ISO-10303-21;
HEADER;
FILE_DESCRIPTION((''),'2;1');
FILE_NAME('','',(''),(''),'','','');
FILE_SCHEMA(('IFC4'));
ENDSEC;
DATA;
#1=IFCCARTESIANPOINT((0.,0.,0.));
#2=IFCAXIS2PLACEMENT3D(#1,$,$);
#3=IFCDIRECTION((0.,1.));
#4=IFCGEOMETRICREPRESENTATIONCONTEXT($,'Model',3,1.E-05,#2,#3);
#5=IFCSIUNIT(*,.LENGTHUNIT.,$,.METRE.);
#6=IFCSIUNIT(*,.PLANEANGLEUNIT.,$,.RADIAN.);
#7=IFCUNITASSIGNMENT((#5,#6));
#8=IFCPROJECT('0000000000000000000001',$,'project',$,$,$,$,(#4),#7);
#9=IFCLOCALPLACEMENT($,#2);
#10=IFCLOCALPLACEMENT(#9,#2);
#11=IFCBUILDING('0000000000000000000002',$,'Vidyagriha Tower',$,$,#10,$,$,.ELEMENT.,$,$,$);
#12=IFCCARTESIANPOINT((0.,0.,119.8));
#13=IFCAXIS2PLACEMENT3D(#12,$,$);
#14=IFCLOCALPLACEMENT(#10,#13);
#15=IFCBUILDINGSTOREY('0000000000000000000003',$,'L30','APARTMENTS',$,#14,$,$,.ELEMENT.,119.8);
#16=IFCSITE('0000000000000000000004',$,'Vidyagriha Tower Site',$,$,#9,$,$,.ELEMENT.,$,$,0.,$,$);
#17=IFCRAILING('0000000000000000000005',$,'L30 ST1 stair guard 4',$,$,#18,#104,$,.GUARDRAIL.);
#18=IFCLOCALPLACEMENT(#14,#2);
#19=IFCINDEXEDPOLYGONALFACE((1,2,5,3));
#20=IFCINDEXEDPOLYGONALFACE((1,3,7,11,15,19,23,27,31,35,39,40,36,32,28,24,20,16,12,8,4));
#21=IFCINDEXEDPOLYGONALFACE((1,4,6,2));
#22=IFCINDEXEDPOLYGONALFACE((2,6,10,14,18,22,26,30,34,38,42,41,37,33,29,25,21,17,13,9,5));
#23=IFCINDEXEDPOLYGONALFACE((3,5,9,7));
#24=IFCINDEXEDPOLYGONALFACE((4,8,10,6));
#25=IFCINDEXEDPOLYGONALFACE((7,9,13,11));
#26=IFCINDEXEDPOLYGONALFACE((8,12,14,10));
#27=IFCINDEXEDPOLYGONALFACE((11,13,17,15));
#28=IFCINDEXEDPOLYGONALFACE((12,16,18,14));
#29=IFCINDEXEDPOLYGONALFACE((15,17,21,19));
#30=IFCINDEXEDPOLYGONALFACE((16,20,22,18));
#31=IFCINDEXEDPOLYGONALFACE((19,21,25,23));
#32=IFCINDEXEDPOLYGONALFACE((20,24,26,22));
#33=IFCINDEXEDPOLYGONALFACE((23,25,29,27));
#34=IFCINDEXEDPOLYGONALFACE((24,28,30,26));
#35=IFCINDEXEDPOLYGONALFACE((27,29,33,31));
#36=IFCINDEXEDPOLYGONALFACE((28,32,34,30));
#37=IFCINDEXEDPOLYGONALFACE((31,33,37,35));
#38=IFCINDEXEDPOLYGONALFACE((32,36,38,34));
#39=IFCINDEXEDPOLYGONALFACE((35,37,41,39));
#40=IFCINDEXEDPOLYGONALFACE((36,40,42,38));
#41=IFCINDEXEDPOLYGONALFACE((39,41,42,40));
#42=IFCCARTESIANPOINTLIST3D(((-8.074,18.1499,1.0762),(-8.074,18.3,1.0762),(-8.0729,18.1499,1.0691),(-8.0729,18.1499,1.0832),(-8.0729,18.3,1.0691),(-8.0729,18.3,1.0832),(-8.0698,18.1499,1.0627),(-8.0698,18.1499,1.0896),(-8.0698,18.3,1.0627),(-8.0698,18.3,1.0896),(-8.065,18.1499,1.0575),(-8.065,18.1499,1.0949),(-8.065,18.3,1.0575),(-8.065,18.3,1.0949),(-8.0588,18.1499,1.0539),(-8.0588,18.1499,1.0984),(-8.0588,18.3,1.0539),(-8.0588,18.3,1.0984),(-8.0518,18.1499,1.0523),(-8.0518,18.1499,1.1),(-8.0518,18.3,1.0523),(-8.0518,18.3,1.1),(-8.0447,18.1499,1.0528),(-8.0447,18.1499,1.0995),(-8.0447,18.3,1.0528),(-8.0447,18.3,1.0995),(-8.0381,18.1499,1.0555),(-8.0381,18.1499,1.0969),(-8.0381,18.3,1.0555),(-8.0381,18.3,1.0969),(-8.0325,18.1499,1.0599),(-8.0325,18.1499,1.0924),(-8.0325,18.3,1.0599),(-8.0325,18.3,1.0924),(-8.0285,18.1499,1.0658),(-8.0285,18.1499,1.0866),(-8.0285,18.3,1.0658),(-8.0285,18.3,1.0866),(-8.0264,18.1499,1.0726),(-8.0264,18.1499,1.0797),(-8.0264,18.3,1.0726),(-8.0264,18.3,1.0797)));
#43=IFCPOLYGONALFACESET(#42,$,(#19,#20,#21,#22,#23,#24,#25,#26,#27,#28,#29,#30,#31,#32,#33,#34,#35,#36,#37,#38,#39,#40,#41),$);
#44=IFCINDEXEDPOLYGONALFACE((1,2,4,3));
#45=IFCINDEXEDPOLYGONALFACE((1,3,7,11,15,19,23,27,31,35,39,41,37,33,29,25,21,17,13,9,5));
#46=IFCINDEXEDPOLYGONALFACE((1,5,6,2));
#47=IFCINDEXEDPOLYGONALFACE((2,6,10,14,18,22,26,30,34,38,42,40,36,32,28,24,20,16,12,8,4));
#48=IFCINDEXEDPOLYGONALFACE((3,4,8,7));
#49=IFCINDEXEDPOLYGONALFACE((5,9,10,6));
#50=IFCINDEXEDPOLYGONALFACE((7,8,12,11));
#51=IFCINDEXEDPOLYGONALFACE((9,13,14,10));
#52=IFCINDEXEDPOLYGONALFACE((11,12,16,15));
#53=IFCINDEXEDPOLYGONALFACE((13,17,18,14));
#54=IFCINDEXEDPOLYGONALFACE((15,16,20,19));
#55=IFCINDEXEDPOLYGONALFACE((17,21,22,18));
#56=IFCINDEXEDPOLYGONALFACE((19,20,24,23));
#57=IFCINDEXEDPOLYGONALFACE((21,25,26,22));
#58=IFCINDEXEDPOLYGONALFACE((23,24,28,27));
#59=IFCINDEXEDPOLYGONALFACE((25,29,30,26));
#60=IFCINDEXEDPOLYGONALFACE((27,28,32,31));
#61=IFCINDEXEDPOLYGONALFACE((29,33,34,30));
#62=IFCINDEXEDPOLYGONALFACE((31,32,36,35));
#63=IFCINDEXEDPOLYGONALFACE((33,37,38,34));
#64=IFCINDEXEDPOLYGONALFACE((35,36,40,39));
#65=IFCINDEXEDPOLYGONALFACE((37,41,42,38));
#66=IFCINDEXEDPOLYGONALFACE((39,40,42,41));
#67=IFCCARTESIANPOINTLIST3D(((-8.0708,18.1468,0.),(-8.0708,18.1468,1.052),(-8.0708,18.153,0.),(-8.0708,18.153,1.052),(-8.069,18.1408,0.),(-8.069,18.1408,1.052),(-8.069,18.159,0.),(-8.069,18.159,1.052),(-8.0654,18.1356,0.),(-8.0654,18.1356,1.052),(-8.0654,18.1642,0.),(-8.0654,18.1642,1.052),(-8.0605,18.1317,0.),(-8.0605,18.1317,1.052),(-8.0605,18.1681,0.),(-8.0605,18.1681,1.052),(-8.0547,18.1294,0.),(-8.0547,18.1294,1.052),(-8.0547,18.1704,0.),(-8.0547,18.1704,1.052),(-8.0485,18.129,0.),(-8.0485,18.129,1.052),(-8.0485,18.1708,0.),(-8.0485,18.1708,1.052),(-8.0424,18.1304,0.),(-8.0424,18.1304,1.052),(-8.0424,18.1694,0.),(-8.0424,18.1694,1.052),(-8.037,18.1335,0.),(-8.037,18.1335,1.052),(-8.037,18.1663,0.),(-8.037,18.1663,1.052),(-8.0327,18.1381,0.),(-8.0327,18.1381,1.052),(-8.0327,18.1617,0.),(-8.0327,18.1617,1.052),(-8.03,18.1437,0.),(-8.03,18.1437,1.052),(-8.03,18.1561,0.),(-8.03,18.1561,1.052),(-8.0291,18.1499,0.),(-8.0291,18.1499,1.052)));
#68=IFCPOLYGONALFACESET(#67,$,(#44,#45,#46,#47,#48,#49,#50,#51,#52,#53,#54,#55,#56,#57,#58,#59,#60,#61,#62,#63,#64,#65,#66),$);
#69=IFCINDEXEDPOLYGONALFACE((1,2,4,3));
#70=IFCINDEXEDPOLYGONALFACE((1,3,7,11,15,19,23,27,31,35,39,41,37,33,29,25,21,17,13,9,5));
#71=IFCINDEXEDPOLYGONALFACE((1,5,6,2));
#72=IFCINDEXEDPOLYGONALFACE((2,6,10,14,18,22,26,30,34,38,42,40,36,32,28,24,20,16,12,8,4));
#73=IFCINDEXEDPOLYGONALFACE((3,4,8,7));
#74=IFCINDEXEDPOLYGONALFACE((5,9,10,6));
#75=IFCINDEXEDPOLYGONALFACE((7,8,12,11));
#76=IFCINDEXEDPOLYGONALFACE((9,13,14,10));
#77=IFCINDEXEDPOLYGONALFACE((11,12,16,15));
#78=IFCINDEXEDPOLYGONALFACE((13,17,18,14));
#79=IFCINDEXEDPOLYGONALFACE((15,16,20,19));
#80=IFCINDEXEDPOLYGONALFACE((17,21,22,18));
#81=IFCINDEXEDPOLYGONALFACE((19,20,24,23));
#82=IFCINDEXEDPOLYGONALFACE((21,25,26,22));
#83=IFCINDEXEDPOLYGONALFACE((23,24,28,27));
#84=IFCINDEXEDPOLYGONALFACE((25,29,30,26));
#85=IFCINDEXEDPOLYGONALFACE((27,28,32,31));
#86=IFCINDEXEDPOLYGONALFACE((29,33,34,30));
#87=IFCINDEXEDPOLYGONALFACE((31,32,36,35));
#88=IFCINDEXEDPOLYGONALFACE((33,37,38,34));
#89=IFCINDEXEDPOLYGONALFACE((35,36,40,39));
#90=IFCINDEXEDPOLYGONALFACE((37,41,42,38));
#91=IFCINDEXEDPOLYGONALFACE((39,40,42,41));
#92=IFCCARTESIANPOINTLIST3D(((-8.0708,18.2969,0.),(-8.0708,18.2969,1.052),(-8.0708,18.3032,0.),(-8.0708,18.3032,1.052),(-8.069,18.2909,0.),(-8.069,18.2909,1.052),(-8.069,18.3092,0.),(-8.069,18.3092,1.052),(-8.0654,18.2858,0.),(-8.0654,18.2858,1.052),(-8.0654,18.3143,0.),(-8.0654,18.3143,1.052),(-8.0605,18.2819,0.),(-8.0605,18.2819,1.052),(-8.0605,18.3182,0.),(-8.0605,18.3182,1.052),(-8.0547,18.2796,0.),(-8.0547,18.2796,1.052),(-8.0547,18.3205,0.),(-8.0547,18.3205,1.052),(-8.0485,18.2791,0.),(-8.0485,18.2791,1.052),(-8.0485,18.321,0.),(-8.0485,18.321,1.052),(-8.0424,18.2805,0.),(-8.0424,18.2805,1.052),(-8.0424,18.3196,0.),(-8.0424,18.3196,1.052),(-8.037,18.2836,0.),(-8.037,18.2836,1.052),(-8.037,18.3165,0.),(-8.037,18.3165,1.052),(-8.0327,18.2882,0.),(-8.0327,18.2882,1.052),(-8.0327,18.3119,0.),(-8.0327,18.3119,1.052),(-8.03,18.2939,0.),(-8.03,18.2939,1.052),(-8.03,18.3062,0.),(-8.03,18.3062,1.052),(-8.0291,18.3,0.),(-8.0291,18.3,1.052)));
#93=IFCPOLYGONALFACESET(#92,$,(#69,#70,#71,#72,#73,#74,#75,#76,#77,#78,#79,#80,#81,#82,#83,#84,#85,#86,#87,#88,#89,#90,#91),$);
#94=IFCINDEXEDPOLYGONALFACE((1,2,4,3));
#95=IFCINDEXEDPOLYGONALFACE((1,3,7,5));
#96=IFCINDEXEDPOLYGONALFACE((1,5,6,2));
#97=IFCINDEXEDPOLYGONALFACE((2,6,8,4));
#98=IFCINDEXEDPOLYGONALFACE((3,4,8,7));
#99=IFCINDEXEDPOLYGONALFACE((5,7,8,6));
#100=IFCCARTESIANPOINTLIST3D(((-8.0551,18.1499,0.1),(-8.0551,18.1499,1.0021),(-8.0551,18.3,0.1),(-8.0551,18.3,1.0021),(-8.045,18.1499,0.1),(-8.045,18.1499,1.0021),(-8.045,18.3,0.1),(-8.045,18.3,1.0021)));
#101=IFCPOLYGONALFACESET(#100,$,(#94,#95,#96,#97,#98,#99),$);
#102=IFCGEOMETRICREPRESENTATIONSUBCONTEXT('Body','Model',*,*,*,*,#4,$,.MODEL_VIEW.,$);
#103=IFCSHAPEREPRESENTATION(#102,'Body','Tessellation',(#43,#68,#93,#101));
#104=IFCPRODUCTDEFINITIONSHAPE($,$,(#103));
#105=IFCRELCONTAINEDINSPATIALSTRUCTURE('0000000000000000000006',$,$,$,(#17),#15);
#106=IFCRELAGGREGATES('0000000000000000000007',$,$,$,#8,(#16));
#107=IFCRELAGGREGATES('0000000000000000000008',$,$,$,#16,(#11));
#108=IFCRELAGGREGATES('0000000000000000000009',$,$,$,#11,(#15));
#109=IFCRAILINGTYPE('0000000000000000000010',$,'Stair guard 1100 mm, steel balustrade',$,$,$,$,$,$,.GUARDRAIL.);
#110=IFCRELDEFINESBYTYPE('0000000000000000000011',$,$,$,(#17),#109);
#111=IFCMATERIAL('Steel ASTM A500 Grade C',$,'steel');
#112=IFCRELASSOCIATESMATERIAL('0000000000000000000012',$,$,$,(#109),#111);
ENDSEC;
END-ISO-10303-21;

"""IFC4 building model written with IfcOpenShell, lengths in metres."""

from ifc_helpers import new_model, si_unit, direction, frame, origin, origin_2d, place, context, subcontext, project, spatial, rectangle, circle, extrude, material, type_object, element, save


model = new_model("IFC4")

# Units and contexts
model_context = context("Model", 3, precision=1e-05, world=origin(), true_north=direction((0.0, 1.0)))
body_context = subcontext(model_context, "Body", "Model", "MODEL_VIEW")
ifc_project = project(units=[si_unit("LENGTHUNIT", "METRE"), si_unit("PLANEANGLEUNIT", "RADIAN")], contexts=[model_context])

# Site, building, storey
site_placement = place(None, origin())
site = spatial("IfcSite", under=ifc_project, at=site_placement, Name="Vidyagriha Tower Site", CompositionType="ELEMENT", RefElevation=0.0)
building_placement = place(site_placement, origin())
building = spatial("IfcBuilding", under=site, at=building_placement, Name="Vidyagriha Tower", CompositionType="ELEMENT")
storey_placement = place(building_placement, frame((0.0, 0.0, 119.8)))
storey = spatial("IfcBuildingStorey", under=building, at=storey_placement, Name="L30", Description="APARTMENTS", CompositionType="ELEMENT", Elevation=119.8)

# Railing
ifc_material_1 = material(Name="Steel ASTM A500 Grade C", Category="steel")
railing_type_1 = type_object("IfcRailingType", Name="Stair guard 1100 mm, steel balustrade", PredefinedType="GUARDRAIL", material=ifc_material_1)
railing_1_placement = place(storey_placement, frame((-8.05, 18.1499, 0.0)))
element("IfcRailing", 1, at=railing_1_placement, inside=storey, type_object=railing_type_1, Name="L30 ST1 stair guard 4", PredefinedType="GUARDRAIL", context=body_context, shape_type="SweptSolid", body=[
    extrude(circle(Radius=0.0239, at=origin_2d()), frame((0.0, 0.0, 1.0762), z_axis=(0.0, 1.0, 0.0), x_axis=(-1.0, 0.0, 0.0)), (0.0, 0.0, 1.0), 0.1501),
    extrude(circle(Radius=0.021, at=origin_2d()), origin(), (0.0, 0.0, 1.0), 1.052),
    extrude(circle(Radius=0.021, at=origin_2d()), frame((0.0, 0.1501, 0.0)), (0.0, 0.0, 1.0), 1.052),
    extrude(rectangle(XDim=0.01, YDim=0.9021, at=origin_2d()), frame((0.0, 0.0, 0.551), z_axis=(0.0, 1.0, 0.0), x_axis=(-1.0, 0.0, 0.0)), (0.0, 0.0, 1.0), 0.1501),
])

save(model, "model.ifc")
